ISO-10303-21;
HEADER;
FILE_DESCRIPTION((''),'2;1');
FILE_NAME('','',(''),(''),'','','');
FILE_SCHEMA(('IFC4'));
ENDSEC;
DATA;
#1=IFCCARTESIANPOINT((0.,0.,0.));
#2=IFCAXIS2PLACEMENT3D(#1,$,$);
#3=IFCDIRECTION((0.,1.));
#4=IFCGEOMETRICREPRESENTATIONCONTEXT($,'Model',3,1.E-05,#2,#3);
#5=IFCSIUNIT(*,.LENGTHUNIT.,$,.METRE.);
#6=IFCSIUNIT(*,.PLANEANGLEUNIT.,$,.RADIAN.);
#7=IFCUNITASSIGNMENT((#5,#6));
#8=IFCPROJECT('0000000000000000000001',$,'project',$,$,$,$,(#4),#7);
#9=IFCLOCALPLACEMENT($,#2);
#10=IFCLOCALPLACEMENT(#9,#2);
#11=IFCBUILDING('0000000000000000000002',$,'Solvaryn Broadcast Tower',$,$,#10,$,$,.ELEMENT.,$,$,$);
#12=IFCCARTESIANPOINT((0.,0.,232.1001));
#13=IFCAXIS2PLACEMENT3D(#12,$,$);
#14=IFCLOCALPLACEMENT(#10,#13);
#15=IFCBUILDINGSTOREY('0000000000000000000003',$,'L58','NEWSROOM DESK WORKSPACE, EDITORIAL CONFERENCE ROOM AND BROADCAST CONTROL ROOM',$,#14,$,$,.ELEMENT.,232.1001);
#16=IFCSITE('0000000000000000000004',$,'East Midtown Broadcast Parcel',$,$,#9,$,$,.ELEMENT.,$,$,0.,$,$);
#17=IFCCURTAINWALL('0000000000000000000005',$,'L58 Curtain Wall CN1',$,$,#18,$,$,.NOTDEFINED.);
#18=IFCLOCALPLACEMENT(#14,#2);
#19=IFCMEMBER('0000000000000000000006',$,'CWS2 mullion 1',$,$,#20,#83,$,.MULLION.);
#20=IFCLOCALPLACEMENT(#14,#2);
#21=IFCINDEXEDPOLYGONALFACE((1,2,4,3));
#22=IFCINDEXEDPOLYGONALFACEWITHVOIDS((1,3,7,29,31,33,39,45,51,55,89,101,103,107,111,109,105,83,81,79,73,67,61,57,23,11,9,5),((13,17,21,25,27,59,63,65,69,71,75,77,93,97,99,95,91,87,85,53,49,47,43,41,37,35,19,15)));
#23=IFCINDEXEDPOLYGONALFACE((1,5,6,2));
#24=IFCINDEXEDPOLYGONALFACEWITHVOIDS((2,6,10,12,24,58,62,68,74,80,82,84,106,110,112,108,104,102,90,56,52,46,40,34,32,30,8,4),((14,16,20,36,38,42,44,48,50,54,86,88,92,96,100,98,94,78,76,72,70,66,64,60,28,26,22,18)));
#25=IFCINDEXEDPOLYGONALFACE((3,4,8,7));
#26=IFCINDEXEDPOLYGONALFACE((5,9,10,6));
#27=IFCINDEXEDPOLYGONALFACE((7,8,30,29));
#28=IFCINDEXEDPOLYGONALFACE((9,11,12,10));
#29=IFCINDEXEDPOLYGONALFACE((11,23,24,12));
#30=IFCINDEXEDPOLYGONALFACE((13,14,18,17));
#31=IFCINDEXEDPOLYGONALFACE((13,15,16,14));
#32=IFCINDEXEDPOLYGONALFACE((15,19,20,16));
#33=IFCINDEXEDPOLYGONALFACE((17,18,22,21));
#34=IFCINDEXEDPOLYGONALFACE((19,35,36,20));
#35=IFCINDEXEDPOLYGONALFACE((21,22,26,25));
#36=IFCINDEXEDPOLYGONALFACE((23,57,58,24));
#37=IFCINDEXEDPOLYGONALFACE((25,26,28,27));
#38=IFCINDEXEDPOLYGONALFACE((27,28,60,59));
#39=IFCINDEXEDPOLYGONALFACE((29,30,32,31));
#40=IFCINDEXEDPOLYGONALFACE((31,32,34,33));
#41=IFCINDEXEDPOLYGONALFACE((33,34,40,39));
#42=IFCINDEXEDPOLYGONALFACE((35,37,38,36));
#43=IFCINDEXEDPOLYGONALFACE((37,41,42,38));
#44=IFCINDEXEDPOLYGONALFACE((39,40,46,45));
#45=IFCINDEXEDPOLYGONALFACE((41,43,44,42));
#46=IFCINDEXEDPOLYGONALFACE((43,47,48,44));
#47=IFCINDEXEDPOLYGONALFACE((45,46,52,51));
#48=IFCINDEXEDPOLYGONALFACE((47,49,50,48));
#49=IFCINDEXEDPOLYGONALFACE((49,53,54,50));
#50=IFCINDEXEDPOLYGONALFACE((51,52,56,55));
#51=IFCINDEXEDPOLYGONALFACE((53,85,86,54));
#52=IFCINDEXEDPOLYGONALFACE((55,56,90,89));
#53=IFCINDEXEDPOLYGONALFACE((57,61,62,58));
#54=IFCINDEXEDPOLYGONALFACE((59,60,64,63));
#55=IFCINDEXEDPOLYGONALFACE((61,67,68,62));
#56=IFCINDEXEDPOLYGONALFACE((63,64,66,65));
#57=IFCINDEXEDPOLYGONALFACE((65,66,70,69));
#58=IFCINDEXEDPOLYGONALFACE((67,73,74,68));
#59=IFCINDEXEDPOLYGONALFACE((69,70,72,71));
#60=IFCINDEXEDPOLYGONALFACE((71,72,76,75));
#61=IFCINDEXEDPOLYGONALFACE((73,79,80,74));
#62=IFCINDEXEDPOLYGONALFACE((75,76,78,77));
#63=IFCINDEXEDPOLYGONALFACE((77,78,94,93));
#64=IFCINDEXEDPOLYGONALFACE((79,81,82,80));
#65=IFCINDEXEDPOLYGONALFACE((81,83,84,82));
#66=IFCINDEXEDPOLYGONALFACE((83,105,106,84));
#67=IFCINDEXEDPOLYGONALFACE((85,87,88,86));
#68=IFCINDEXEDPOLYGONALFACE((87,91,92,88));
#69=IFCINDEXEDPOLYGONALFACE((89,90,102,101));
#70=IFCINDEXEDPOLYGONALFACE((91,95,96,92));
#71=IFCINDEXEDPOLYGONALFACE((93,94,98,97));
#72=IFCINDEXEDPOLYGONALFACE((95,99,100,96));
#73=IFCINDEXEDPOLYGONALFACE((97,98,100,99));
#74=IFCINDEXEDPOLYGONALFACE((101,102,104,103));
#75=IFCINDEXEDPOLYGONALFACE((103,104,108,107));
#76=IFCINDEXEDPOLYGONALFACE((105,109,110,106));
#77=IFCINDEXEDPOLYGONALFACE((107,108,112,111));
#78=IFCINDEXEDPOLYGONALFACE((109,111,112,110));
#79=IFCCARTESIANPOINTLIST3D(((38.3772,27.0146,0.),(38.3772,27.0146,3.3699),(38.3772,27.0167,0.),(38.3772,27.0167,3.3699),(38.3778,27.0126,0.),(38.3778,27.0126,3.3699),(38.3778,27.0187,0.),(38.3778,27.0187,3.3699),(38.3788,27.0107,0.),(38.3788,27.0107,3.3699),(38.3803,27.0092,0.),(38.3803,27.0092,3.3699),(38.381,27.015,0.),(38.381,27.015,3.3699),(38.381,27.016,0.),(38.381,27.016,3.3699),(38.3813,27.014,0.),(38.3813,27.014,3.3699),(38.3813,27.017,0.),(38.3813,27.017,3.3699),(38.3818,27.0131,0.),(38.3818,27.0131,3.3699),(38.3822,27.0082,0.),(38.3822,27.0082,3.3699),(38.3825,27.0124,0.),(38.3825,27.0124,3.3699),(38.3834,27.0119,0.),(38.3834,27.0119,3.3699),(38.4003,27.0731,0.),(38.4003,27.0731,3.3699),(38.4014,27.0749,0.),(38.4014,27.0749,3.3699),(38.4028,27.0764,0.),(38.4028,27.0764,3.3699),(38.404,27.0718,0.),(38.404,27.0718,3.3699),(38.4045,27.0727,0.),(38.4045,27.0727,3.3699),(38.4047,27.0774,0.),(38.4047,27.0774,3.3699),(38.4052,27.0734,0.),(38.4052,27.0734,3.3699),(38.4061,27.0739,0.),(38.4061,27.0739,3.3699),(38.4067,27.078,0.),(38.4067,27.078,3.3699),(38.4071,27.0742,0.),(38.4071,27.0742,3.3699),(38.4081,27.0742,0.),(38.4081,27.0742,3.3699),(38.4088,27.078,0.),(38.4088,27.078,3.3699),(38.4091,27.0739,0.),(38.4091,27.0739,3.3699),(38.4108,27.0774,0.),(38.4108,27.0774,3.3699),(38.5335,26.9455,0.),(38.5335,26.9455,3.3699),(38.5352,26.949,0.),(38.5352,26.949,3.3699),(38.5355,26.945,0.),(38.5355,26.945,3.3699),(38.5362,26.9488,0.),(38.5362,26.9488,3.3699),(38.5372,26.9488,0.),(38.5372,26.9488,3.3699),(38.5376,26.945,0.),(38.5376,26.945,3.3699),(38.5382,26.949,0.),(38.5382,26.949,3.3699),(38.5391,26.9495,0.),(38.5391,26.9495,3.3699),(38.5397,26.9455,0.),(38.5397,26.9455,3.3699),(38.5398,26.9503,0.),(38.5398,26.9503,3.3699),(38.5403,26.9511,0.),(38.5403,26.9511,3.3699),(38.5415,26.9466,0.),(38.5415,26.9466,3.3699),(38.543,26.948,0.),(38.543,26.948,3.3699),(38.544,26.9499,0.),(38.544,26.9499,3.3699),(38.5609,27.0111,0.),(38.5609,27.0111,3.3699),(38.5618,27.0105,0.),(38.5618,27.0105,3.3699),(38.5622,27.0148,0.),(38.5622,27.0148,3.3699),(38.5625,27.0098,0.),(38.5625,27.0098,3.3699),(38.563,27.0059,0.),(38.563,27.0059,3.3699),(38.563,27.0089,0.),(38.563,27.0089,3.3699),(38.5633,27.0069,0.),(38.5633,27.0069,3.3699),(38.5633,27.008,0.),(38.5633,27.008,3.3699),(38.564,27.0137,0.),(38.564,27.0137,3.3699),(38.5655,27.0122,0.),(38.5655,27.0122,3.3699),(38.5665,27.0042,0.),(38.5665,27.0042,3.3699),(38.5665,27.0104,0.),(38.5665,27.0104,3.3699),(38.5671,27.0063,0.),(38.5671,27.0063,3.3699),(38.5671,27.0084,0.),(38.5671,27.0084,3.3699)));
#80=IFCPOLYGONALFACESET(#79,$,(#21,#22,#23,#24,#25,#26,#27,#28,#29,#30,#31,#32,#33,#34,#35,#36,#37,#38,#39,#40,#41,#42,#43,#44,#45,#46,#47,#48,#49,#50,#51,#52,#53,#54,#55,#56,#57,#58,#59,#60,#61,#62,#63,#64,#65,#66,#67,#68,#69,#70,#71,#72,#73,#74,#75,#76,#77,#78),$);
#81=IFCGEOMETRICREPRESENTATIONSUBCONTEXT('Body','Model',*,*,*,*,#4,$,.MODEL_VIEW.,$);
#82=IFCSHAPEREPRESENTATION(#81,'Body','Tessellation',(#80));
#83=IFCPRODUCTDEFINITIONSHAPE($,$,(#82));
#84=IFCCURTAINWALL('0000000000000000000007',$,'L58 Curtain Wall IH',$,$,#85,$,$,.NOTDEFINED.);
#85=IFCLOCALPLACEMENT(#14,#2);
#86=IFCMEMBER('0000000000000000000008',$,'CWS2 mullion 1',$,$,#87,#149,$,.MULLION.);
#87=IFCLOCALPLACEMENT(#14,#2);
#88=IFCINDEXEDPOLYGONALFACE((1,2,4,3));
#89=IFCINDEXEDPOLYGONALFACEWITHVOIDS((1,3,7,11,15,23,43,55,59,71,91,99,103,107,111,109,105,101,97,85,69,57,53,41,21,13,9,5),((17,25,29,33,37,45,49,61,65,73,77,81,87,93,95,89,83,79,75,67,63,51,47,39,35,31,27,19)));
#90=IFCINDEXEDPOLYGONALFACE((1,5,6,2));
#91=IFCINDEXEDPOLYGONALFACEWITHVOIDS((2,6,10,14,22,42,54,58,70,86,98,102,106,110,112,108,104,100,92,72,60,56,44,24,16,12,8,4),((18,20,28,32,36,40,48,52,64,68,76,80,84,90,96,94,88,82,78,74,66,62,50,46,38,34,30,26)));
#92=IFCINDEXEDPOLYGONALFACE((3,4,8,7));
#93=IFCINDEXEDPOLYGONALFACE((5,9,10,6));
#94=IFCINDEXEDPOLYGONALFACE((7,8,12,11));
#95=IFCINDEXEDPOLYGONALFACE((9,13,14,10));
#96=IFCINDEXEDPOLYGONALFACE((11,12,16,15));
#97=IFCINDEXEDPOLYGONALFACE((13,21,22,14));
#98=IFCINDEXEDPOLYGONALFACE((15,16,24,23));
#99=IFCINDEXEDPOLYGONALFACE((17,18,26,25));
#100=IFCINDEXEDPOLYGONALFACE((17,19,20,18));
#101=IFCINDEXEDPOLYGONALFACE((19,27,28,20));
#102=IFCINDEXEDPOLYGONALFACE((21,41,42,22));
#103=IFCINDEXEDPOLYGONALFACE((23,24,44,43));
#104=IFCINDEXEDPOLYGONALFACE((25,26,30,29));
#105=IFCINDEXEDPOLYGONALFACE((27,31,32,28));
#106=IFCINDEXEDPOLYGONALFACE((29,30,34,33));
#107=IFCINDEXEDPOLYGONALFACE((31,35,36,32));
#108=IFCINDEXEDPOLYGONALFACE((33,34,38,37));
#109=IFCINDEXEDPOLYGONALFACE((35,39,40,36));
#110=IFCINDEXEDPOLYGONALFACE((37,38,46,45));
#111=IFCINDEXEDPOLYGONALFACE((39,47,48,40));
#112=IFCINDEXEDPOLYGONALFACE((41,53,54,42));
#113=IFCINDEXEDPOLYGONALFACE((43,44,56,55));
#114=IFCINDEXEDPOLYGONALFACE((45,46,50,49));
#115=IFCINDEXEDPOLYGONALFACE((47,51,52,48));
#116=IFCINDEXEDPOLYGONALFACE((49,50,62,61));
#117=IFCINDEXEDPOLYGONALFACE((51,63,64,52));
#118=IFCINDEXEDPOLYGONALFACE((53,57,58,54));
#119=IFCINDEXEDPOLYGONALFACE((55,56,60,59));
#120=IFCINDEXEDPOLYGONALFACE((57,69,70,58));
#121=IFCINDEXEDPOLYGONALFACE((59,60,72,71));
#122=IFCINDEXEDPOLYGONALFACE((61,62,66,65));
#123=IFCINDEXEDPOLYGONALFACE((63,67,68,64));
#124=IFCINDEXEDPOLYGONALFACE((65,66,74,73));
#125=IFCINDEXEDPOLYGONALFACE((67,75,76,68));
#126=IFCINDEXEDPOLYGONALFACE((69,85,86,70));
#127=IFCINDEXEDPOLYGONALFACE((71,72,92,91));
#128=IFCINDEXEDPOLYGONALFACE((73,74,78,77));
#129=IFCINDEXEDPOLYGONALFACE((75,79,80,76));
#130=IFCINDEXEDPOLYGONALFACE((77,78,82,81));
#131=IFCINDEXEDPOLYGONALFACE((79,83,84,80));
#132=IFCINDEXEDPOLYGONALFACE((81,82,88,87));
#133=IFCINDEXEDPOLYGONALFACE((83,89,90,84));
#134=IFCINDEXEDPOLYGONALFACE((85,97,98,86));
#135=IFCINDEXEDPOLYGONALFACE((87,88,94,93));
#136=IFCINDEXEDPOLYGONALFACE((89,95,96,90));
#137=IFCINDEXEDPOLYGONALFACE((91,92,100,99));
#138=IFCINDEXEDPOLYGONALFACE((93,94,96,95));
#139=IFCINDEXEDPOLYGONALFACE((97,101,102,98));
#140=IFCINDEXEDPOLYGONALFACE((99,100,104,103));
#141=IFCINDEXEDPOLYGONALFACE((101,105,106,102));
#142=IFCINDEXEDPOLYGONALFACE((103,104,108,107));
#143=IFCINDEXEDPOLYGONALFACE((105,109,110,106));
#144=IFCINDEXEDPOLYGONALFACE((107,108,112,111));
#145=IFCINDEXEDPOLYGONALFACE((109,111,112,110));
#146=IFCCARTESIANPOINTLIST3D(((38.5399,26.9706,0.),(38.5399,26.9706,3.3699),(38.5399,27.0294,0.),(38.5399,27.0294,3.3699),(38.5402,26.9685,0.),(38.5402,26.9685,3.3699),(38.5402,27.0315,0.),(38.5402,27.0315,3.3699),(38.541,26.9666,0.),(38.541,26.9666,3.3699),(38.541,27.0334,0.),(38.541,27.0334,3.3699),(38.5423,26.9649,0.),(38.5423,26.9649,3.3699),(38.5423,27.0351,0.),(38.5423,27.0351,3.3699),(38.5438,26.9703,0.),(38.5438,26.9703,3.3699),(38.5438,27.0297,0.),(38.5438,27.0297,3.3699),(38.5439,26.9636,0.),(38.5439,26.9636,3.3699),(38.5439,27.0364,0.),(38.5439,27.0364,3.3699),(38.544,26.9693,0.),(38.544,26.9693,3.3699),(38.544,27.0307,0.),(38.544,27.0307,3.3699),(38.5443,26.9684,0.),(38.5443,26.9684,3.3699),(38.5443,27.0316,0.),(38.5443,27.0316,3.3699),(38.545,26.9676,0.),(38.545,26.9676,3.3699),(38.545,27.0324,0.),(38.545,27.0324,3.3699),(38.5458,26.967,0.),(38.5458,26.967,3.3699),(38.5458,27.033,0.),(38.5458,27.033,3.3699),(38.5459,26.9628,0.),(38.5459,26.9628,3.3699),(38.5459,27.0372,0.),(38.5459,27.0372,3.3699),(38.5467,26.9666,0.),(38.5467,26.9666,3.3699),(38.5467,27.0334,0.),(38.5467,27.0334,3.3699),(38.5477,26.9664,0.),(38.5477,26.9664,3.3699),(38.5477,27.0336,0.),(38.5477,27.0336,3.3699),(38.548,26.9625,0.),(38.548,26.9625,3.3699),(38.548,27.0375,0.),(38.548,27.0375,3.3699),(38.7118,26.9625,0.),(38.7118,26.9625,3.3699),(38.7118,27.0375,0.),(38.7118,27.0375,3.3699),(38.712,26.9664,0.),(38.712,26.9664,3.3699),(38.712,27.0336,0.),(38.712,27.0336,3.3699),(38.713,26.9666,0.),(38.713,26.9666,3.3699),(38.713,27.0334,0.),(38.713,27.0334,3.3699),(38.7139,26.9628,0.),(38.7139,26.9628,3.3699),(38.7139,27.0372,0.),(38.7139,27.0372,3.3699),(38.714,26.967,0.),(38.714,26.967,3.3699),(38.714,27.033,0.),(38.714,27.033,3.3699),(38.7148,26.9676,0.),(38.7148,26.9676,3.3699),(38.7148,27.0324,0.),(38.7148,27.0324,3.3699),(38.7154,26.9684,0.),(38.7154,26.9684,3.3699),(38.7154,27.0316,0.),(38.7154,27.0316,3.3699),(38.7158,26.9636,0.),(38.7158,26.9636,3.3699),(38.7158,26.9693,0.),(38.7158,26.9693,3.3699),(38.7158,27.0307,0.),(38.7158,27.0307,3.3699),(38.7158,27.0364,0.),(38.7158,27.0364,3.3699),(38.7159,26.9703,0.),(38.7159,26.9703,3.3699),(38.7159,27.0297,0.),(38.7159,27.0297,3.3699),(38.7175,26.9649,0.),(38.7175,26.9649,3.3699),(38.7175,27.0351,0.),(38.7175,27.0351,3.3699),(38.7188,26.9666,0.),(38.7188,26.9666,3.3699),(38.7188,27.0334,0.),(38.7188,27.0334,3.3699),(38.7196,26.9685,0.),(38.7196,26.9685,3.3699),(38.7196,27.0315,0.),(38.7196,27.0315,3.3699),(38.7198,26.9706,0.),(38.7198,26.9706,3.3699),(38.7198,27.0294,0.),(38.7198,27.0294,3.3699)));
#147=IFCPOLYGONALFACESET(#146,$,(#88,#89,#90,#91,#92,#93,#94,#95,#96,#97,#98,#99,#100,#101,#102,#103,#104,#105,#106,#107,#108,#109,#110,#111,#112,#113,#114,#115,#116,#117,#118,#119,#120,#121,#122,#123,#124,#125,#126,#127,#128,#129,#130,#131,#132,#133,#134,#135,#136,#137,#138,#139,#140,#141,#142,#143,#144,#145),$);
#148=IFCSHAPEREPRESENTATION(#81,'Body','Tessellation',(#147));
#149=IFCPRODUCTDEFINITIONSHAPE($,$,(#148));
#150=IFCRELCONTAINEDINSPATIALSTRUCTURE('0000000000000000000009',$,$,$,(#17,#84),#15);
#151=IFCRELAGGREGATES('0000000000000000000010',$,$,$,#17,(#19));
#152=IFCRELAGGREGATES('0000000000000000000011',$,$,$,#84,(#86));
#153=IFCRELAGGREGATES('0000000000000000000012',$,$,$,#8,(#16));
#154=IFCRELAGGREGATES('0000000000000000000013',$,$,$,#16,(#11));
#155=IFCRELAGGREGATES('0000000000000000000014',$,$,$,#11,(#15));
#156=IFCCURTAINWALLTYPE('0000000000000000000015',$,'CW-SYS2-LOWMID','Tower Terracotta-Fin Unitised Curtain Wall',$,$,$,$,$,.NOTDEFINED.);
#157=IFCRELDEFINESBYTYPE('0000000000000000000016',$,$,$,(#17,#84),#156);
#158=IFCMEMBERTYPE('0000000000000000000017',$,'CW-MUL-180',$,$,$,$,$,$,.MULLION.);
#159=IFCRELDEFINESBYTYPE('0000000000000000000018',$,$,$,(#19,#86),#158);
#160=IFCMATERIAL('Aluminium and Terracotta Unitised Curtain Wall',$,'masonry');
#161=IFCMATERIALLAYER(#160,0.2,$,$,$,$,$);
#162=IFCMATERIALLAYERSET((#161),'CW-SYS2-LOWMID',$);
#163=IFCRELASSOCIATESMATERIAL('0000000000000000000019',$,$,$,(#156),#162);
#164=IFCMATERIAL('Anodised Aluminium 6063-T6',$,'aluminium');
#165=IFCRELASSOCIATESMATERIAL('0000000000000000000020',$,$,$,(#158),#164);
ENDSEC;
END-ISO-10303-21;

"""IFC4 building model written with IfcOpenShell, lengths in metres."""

from ifc_helpers import new_model, si_unit, direction, frame, origin, origin_2d, place, context, subcontext, project, spatial, hollow_rectangle, extrude, material, layer, layer_set, material_profile, profile_set, type_object, element, aggregate, save


model = new_model("IFC4")

# Units and contexts
model_context = context("Model", 3, precision=1e-05, world=origin(), true_north=direction((0.0, 1.0)))
body_context = subcontext(model_context, "Body", "Model", "MODEL_VIEW")
ifc_project = project(units=[si_unit("LENGTHUNIT", "METRE"), si_unit("PLANEANGLEUNIT", "RADIAN")], contexts=[model_context])

# Site, building, storey
site_placement = place(None, origin())
site = spatial("IfcSite", under=ifc_project, at=site_placement, Name="East Midtown Broadcast Parcel", CompositionType="ELEMENT", RefElevation=0.0)
building_placement = place(site_placement, origin())
building = spatial("IfcBuilding", under=site, at=building_placement, Name="Solvaryn Broadcast Tower", CompositionType="ELEMENT")
storey_placement = place(building_placement, frame((0.0, 0.0, 232.1001)))
storey = spatial("IfcBuildingStorey", under=building, at=storey_placement, Name="L58", Description="NEWSROOM DESK WORKSPACE, EDITORIAL CONFERENCE ROOM AND BROADCAST CONTROL ROOM", CompositionType="ELEMENT", Elevation=232.1001)

# Curtain walls, members
ifc_material_1 = material(Name="Aluminium and Terracotta Unitised Curtain Wall", Category="masonry")
ifc_layer_1 = layer(ifc_material_1, 0.2)
ifc_layer_set_1 = layer_set([ifc_layer_1], Name="CW-SYS2-LOWMID")
curtain_wall_type = type_object("IfcCurtainWallType", Name="CW-SYS2-LOWMID", Description="Tower Terracotta-Fin Unitised Curtain Wall", PredefinedType="NOTDEFINED", material=ifc_layer_set_1)
curtain_wall_1_placement = place(storey_placement, origin())
curtain_wall_1 = element("IfcCurtainWall", 1, at=curtain_wall_1_placement, inside=storey, type_object=curtain_wall_type, Name="L58 Curtain Wall CN1", PredefinedType="NOTDEFINED")
ifc_material_2 = material(Name="Anodised Aluminium 6063-T6", Category="aluminium")
ifc_material_profile_1 = material_profile(ifc_material_2, hollow_rectangle(XDim=0.075, YDim=0.1799, WallThickness=0.0039, InnerFilletRadius=0.0039, OuterFilletRadius=0.0081, at=origin_2d()))
ifc_profile_set_1 = profile_set([ifc_material_profile_1], Name="Anodised Aluminium 6063-T6")
member_type_1 = type_object("IfcMemberType", Name="CW-MUL-180", PredefinedType="MULLION", material=ifc_profile_set_1)
member_1_placement = place(storey_placement, frame((38.4722, 27.0115, 0.0), z_axis=(0.0, 0.0, 1.0), x_axis=(-0.382646, -0.923895, 0.0)))
member_1 = element("IfcMember", 2, at=member_1_placement, type_object=member_type_1, Name="CWS2 mullion 1", PredefinedType="MULLION", context=body_context, shape_type="SweptSolid", body=[
    extrude(hollow_rectangle(XDim=0.075, YDim=0.1799, WallThickness=0.0039, InnerFilletRadius=0.0039, OuterFilletRadius=0.0081, at=origin_2d()), origin(), (0.0, 0.0, 1.0), 3.3699),
])
curtain_wall_2_placement = place(storey_placement, origin())
curtain_wall_2 = element("IfcCurtainWall", 3, at=curtain_wall_2_placement, inside=storey, type_object=curtain_wall_type, Name="L58 Curtain Wall IH", PredefinedType="NOTDEFINED")
member_2_placement = place(storey_placement, frame((38.6299, 27.0, 0.0), z_axis=(0.0, 0.0, 1.0), x_axis=(0.0, 1.0, 0.0)))
member_2 = element("IfcMember", 4, at=member_2_placement, type_object=member_type_1, Name="CWS2 mullion 1", PredefinedType="MULLION", context=body_context, shape_type="SweptSolid", body=[
    extrude(hollow_rectangle(XDim=0.075, YDim=0.1799, WallThickness=0.0039, InnerFilletRadius=0.0039, OuterFilletRadius=0.0081, at=origin_2d()), origin(), (0.0, 0.0, 1.0), 3.3699),
])

aggregate(curtain_wall_1, [member_1])
aggregate(curtain_wall_2, [member_2])

save(model, "model.ifc")
